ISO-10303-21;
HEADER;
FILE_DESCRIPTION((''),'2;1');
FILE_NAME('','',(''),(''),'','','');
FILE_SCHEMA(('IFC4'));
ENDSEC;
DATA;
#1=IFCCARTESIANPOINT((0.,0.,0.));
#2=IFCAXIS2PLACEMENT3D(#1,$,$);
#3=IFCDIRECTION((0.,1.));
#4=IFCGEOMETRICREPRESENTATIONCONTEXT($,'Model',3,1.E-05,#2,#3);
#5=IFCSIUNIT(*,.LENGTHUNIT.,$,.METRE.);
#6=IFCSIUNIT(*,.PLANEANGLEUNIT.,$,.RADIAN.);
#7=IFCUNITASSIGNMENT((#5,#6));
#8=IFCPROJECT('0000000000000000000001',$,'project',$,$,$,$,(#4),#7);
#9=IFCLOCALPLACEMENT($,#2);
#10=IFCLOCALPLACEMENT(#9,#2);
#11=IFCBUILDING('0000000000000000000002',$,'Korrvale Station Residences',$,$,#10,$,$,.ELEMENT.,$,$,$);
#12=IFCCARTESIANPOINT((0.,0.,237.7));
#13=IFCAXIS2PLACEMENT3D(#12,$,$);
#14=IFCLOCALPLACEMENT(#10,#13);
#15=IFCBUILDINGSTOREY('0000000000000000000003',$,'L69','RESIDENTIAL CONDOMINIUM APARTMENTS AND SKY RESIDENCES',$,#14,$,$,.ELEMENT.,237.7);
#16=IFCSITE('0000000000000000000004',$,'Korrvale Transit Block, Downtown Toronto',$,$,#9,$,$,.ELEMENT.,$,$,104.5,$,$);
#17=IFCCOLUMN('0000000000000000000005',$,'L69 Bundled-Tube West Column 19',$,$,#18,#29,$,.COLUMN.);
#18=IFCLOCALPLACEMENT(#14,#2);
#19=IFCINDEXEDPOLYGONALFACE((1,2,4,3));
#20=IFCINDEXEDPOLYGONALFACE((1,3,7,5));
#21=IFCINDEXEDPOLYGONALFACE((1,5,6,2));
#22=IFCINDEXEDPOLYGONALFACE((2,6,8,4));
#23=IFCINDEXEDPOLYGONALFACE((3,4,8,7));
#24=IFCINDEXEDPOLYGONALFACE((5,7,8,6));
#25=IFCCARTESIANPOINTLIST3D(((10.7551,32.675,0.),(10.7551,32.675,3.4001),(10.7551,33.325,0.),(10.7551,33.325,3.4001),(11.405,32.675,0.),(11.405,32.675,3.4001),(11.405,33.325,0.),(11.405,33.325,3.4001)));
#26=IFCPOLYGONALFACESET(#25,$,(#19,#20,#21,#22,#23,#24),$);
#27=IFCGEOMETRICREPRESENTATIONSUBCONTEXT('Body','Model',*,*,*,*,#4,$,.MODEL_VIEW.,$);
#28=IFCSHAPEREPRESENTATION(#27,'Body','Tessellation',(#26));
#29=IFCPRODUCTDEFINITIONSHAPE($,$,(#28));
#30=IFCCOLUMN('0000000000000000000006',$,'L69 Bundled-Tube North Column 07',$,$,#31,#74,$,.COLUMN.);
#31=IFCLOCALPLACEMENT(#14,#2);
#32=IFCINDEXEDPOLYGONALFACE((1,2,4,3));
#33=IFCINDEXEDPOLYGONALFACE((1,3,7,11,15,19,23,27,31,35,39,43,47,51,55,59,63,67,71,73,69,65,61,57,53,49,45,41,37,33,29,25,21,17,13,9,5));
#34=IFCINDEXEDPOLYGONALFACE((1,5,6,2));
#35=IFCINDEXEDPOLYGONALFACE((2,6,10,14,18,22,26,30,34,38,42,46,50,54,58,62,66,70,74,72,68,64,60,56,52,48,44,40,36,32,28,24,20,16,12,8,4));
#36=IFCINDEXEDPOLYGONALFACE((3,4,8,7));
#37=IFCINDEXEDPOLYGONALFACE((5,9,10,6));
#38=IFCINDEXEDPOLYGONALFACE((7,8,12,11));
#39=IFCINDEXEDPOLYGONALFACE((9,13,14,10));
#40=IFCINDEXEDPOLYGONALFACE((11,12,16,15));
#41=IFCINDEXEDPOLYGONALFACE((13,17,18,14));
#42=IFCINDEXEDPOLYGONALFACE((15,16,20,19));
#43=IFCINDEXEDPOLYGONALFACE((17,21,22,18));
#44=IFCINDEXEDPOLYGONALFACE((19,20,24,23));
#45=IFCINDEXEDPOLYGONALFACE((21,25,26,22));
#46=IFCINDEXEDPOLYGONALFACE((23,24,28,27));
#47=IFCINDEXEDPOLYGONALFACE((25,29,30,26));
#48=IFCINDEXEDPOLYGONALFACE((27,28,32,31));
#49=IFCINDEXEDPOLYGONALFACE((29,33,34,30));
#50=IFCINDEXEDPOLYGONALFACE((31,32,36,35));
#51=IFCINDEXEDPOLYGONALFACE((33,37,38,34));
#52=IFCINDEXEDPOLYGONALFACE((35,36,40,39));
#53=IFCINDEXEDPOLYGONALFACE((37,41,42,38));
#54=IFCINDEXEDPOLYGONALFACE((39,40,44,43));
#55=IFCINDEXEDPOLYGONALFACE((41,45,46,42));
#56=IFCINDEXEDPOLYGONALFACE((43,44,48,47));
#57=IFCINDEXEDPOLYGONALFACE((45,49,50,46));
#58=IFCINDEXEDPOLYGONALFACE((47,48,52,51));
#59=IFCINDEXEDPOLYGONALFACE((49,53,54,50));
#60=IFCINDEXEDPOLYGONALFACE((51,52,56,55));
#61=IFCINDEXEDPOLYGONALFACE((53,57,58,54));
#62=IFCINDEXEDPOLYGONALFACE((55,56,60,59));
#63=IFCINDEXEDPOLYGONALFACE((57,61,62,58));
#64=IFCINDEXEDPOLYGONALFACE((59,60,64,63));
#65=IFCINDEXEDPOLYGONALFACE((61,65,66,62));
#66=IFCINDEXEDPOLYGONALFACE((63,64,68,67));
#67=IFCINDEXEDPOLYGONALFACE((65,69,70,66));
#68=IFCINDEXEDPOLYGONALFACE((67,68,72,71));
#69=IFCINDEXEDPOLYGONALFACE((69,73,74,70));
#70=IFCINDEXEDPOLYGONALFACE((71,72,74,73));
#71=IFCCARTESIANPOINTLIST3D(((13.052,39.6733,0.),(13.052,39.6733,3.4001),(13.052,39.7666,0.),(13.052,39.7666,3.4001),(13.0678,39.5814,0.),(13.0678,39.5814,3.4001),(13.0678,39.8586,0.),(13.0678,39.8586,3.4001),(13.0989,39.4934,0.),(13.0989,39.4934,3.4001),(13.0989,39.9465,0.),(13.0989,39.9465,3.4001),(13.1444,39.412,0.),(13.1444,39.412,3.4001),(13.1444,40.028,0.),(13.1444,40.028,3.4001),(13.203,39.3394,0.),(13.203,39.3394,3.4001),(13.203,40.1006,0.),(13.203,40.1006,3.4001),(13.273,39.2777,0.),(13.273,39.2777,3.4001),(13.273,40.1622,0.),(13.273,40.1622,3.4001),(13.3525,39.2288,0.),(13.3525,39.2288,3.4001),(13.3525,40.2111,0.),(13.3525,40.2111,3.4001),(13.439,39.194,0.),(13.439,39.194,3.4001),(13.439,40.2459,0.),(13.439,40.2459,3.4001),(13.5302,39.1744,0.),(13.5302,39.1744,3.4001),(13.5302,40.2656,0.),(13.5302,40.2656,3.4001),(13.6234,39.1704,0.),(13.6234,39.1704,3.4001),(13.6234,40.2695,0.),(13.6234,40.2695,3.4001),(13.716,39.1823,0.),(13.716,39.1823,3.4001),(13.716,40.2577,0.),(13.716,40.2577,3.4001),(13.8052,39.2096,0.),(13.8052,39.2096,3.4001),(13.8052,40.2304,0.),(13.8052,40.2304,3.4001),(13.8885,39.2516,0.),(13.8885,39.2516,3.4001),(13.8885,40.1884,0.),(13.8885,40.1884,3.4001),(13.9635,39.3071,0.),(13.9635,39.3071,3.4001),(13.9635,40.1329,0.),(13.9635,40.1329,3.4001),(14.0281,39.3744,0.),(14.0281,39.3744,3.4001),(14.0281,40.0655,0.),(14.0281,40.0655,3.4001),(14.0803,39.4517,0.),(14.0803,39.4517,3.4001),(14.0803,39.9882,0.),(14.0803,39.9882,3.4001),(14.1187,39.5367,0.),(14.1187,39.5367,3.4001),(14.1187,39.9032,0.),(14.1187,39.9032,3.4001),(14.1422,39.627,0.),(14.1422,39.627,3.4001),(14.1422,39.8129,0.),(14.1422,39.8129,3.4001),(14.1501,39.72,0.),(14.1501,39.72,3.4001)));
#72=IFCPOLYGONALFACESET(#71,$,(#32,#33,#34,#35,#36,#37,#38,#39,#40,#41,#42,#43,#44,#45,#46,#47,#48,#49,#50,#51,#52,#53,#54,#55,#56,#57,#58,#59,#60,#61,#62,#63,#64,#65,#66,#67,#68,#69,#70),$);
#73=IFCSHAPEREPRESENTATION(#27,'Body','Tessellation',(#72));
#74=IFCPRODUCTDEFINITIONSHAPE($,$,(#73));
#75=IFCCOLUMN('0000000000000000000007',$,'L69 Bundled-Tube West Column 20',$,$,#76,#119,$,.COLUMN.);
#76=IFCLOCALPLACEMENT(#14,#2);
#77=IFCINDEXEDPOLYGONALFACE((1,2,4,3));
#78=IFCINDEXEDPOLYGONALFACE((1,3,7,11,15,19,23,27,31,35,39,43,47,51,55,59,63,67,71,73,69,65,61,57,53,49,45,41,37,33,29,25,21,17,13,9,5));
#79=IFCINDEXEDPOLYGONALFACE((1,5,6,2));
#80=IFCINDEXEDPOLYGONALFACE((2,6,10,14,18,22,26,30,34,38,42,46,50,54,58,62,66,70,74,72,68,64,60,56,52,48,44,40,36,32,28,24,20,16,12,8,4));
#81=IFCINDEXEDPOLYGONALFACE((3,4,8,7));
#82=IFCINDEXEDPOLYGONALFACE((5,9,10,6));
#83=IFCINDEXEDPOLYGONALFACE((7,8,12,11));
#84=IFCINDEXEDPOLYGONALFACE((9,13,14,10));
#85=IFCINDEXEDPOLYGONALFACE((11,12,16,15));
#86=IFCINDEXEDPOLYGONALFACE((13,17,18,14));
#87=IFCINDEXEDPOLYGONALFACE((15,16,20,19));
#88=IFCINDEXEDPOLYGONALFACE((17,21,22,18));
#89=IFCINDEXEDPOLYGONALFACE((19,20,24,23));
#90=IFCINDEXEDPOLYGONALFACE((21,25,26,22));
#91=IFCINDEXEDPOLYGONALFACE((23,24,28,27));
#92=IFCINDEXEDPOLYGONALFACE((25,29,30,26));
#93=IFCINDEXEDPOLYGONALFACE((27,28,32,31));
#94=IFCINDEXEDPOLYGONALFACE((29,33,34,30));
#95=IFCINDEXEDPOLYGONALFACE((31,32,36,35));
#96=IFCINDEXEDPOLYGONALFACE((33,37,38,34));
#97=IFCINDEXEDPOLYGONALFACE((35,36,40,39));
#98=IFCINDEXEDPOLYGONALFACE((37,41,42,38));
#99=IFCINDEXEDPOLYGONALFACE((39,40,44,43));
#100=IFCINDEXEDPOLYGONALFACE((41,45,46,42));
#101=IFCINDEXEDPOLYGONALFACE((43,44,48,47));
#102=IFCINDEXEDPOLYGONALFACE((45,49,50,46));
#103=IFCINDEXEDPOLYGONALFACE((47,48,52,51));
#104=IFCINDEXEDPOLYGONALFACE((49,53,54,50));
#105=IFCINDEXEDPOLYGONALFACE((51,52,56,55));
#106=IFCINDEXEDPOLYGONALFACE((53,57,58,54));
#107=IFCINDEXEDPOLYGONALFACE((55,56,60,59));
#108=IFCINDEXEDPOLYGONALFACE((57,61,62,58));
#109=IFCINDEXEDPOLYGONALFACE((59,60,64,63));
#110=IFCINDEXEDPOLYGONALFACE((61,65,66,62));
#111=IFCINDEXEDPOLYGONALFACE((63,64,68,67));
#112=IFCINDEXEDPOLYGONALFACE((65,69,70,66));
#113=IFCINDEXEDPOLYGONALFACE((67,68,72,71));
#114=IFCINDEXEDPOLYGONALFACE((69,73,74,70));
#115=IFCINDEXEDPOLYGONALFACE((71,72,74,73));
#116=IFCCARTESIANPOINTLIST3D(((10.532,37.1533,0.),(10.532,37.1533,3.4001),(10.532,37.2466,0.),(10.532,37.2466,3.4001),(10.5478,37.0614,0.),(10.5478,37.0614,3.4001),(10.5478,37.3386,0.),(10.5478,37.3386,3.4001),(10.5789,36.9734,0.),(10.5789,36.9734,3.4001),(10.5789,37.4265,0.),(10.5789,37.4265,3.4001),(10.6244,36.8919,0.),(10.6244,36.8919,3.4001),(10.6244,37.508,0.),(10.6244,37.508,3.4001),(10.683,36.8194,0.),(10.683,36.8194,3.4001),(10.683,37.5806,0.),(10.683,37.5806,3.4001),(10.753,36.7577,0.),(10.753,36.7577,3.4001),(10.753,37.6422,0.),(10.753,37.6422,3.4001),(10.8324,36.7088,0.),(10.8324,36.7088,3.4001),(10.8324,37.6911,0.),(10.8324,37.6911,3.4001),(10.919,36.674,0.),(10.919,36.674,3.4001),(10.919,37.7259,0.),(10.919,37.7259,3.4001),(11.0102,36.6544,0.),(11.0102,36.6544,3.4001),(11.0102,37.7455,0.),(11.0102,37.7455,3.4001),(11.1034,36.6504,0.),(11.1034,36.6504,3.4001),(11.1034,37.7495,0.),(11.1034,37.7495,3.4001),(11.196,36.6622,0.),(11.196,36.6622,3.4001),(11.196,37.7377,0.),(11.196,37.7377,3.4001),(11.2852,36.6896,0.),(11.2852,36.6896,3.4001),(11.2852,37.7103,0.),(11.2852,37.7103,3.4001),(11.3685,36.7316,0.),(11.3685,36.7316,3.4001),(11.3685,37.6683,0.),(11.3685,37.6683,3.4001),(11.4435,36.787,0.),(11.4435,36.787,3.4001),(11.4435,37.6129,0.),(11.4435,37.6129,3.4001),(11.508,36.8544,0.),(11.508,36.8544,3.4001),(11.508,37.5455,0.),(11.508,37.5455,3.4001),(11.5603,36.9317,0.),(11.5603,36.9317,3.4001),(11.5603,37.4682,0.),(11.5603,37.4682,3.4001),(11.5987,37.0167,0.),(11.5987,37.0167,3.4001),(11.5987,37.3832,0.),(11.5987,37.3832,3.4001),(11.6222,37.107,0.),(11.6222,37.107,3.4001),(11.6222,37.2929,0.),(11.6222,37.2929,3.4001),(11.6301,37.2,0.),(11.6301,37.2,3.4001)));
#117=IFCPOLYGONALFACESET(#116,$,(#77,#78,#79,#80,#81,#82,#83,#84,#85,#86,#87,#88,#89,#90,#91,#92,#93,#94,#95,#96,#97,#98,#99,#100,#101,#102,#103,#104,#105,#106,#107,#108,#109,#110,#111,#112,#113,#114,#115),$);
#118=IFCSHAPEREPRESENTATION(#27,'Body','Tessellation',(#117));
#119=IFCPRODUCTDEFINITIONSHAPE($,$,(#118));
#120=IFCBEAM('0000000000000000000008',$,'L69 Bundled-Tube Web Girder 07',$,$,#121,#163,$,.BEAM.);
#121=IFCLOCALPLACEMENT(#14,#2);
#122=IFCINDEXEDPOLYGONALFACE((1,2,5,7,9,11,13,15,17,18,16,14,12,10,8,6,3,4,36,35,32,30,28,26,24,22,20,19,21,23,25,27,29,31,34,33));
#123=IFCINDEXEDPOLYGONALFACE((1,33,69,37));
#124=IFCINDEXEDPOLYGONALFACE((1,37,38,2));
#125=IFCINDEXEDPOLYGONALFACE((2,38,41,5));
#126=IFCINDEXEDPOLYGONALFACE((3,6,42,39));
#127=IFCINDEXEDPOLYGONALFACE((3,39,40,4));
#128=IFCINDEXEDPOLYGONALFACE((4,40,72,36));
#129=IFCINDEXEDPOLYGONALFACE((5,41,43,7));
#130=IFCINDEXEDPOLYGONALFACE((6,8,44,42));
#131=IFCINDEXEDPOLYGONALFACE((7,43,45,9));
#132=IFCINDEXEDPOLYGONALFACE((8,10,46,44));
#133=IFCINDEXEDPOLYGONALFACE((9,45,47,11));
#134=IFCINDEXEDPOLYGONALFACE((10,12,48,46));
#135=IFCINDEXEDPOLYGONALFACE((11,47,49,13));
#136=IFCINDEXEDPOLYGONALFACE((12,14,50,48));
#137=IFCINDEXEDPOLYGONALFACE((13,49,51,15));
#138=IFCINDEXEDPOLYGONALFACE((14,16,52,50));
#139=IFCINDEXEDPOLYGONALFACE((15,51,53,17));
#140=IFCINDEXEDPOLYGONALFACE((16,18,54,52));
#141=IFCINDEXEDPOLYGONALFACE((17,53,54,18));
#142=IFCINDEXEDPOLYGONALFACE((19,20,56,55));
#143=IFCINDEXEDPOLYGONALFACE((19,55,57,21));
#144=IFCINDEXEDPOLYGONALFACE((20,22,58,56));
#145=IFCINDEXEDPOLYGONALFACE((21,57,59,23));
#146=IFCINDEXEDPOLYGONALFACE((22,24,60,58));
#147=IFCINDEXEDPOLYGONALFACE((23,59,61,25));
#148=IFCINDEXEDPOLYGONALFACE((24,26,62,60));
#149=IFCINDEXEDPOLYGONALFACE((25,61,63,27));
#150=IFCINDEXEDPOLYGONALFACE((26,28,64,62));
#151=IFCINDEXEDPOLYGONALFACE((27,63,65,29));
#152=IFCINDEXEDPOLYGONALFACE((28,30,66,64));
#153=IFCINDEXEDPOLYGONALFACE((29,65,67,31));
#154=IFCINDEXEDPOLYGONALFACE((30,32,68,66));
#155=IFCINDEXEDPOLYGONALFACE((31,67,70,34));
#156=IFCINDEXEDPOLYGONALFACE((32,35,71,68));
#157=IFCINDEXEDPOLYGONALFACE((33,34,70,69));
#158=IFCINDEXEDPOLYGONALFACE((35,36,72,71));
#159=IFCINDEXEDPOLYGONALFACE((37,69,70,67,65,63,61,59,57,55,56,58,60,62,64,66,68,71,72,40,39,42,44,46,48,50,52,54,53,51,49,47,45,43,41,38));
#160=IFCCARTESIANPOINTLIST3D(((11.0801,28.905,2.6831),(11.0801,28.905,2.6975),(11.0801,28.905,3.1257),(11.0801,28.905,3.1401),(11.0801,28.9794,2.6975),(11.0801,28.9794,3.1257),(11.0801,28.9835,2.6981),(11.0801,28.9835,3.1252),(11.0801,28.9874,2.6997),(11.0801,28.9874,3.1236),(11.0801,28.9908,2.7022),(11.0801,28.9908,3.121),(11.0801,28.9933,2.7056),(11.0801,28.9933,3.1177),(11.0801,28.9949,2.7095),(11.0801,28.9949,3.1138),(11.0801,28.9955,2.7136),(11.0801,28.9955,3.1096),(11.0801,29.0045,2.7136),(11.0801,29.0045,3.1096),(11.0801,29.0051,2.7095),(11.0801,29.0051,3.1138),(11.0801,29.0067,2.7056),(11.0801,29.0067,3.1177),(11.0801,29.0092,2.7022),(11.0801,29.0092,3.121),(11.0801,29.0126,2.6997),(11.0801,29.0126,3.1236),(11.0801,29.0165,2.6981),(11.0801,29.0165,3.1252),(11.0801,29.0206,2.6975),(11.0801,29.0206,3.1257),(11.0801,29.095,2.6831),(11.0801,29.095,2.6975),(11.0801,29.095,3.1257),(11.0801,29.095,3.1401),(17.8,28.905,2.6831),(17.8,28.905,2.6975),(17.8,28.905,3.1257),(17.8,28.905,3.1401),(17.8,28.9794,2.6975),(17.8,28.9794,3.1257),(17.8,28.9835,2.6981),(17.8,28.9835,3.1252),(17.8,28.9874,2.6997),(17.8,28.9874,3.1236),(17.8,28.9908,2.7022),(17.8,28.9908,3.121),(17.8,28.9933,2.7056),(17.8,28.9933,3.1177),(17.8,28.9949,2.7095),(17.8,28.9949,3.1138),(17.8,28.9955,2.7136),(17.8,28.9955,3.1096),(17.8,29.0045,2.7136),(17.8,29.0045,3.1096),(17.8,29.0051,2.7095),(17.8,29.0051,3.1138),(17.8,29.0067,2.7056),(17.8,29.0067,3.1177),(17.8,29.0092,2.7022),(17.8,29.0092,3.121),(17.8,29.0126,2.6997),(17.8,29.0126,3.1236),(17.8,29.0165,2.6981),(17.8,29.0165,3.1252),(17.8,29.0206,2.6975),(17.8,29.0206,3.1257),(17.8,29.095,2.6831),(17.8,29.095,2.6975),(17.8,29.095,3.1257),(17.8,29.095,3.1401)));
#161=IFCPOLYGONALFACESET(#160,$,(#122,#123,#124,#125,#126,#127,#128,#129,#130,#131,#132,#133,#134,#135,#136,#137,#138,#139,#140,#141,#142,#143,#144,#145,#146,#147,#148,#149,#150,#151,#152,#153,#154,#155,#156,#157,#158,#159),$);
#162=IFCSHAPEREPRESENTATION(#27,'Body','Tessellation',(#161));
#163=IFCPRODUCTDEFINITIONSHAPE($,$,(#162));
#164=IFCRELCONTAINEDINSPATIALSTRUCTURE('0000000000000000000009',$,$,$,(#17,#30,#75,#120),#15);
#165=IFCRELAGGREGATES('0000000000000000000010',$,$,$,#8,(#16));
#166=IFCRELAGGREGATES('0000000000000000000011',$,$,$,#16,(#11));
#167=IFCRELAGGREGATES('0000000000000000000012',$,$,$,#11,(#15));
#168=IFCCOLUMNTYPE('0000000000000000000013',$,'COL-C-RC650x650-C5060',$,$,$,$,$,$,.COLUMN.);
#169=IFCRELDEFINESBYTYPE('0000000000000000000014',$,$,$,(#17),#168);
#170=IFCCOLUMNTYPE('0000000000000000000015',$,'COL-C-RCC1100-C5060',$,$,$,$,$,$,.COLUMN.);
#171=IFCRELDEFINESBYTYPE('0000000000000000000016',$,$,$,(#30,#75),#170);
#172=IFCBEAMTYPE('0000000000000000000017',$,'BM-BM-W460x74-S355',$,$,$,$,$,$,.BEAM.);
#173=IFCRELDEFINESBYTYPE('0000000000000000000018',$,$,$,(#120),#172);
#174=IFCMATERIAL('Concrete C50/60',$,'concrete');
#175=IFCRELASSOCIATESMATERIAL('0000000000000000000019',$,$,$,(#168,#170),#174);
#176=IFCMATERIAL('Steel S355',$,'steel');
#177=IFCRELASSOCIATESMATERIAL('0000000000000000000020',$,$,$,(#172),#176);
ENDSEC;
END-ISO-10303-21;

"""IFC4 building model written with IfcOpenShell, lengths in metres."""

from ifc_helpers import new_model, si_unit, direction, frame, origin, origin_2d, place, context, subcontext, project, spatial, rectangle, circle, i_section, extrude, material, material_profile, profile_set, type_object, element, save


model = new_model("IFC4")

# Units and contexts
model_context = context("Model", 3, precision=1e-05, world=origin(), true_north=direction((0.0, 1.0)))
body_context = subcontext(model_context, "Body", "Model", "MODEL_VIEW")
ifc_project = project(units=[si_unit("LENGTHUNIT", "METRE"), si_unit("PLANEANGLEUNIT", "RADIAN")], contexts=[model_context])

# Site, building, storey
site_placement = place(None, origin())
site = spatial("IfcSite", under=ifc_project, at=site_placement, Name="Korrvale Transit Block, Downtown Toronto", CompositionType="ELEMENT", RefElevation=104.5)
building_placement = place(site_placement, origin())
building = spatial("IfcBuilding", under=site, at=building_placement, Name="Korrvale Station Residences", CompositionType="ELEMENT")
storey_placement = place(building_placement, frame((0.0, 0.0, 237.7)))
storey = spatial("IfcBuildingStorey", under=building, at=storey_placement, Name="L69", Description="RESIDENTIAL CONDOMINIUM APARTMENTS AND SKY RESIDENCES", CompositionType="ELEMENT", Elevation=237.7)

# Columns
ifc_material_1 = material(Name="Concrete C50/60", Category="concrete")
ifc_material_profile_1 = material_profile(ifc_material_1, rectangle(XDim=0.6499, YDim=0.6499, at=origin_2d()), Name="RC650x650")
ifc_profile_set_1 = profile_set([ifc_material_profile_1], Name="Concrete C50/60")
column_type_1 = type_object("IfcColumnType", Name="COL-C-RC650x650-C5060", PredefinedType="COLUMN", material=ifc_profile_set_1)
column_placement = place(storey_placement, frame((11.0801, 33.0, 0.0), z_axis=(0.0, 0.0, 1.0), x_axis=(1.0, 0.0, 0.0)))
element("IfcColumn", 1, at=column_placement, inside=storey, type_object=column_type_1, Name="L69 Bundled-Tube West Column 19", PredefinedType="COLUMN", context=body_context, shape_type="SweptSolid", body=[
    extrude(rectangle(XDim=0.6499, YDim=0.6499, at=origin_2d()), origin(), (0.0, 0.0, 1.0), 3.4001),
])
ifc_material_profile_2 = material_profile(ifc_material_1, circle(Radius=0.55, at=origin_2d()), Name="RCC1100")
ifc_profile_set_2 = profile_set([ifc_material_profile_2], Name="Concrete C50/60")
column_type_2 = type_object("IfcColumnType", Name="COL-C-RCC1100-C5060", PredefinedType="COLUMN", material=ifc_profile_set_2)
for number, where, z_axis, x_axis, name in (
    (2, (13.6001, 39.72, 0.0), (0.0, 0.0, 1.0), (1.0, 0.0, 0.0), "L69 Bundled-Tube North Column 07"),
    (3, (11.0801, 37.2, 0.0), (0.0, 0.0, 1.0), (1.0, 0.0, 0.0), "L69 Bundled-Tube West Column 20"),
):
    element("IfcColumn", number, at=place(storey_placement, frame(where, z_axis=z_axis, x_axis=x_axis)), inside=storey, type_object=column_type_2, Name=name, PredefinedType="COLUMN", context=body_context, shape_type="SweptSolid", body=[
        extrude(circle(Radius=0.55, at=origin_2d()), origin(), (0.0, 0.0, 1.0), 3.4001),
    ])

# Beam
ifc_material_2 = material(Name="Steel S355", Category="steel")
ifc_material_profile_3 = material_profile(ifc_material_2, i_section(OverallWidth=0.1899, OverallDepth=0.457, WebThickness=0.009, FlangeThickness=0.0144, FilletRadius=0.0161, at=origin_2d()), Name="W460x74")
ifc_profile_set_3 = profile_set([ifc_material_profile_3], Name="Steel S355")
beam_type_1 = type_object("IfcBeamType", Name="BM-BM-W460x74-S355", PredefinedType="BEAM", material=ifc_profile_set_3)
beam_1_placement = place(storey_placement, frame((11.0801, 29.0, 2.9116), z_axis=(1.0, 0.0, 0.0), x_axis=(0.0, 1.0, 0.0)))
element("IfcBeam", 4, at=beam_1_placement, inside=storey, type_object=beam_type_1, Name="L69 Bundled-Tube Web Girder 07", PredefinedType="BEAM", context=body_context, shape_type="SweptSolid", body=[
    extrude(i_section(OverallWidth=0.1899, OverallDepth=0.457, WebThickness=0.009, FlangeThickness=0.0144, FilletRadius=0.0161, at=origin_2d()), origin(), (0.0, 0.0, 1.0), 6.72),
])

save(model, "model.ifc")
